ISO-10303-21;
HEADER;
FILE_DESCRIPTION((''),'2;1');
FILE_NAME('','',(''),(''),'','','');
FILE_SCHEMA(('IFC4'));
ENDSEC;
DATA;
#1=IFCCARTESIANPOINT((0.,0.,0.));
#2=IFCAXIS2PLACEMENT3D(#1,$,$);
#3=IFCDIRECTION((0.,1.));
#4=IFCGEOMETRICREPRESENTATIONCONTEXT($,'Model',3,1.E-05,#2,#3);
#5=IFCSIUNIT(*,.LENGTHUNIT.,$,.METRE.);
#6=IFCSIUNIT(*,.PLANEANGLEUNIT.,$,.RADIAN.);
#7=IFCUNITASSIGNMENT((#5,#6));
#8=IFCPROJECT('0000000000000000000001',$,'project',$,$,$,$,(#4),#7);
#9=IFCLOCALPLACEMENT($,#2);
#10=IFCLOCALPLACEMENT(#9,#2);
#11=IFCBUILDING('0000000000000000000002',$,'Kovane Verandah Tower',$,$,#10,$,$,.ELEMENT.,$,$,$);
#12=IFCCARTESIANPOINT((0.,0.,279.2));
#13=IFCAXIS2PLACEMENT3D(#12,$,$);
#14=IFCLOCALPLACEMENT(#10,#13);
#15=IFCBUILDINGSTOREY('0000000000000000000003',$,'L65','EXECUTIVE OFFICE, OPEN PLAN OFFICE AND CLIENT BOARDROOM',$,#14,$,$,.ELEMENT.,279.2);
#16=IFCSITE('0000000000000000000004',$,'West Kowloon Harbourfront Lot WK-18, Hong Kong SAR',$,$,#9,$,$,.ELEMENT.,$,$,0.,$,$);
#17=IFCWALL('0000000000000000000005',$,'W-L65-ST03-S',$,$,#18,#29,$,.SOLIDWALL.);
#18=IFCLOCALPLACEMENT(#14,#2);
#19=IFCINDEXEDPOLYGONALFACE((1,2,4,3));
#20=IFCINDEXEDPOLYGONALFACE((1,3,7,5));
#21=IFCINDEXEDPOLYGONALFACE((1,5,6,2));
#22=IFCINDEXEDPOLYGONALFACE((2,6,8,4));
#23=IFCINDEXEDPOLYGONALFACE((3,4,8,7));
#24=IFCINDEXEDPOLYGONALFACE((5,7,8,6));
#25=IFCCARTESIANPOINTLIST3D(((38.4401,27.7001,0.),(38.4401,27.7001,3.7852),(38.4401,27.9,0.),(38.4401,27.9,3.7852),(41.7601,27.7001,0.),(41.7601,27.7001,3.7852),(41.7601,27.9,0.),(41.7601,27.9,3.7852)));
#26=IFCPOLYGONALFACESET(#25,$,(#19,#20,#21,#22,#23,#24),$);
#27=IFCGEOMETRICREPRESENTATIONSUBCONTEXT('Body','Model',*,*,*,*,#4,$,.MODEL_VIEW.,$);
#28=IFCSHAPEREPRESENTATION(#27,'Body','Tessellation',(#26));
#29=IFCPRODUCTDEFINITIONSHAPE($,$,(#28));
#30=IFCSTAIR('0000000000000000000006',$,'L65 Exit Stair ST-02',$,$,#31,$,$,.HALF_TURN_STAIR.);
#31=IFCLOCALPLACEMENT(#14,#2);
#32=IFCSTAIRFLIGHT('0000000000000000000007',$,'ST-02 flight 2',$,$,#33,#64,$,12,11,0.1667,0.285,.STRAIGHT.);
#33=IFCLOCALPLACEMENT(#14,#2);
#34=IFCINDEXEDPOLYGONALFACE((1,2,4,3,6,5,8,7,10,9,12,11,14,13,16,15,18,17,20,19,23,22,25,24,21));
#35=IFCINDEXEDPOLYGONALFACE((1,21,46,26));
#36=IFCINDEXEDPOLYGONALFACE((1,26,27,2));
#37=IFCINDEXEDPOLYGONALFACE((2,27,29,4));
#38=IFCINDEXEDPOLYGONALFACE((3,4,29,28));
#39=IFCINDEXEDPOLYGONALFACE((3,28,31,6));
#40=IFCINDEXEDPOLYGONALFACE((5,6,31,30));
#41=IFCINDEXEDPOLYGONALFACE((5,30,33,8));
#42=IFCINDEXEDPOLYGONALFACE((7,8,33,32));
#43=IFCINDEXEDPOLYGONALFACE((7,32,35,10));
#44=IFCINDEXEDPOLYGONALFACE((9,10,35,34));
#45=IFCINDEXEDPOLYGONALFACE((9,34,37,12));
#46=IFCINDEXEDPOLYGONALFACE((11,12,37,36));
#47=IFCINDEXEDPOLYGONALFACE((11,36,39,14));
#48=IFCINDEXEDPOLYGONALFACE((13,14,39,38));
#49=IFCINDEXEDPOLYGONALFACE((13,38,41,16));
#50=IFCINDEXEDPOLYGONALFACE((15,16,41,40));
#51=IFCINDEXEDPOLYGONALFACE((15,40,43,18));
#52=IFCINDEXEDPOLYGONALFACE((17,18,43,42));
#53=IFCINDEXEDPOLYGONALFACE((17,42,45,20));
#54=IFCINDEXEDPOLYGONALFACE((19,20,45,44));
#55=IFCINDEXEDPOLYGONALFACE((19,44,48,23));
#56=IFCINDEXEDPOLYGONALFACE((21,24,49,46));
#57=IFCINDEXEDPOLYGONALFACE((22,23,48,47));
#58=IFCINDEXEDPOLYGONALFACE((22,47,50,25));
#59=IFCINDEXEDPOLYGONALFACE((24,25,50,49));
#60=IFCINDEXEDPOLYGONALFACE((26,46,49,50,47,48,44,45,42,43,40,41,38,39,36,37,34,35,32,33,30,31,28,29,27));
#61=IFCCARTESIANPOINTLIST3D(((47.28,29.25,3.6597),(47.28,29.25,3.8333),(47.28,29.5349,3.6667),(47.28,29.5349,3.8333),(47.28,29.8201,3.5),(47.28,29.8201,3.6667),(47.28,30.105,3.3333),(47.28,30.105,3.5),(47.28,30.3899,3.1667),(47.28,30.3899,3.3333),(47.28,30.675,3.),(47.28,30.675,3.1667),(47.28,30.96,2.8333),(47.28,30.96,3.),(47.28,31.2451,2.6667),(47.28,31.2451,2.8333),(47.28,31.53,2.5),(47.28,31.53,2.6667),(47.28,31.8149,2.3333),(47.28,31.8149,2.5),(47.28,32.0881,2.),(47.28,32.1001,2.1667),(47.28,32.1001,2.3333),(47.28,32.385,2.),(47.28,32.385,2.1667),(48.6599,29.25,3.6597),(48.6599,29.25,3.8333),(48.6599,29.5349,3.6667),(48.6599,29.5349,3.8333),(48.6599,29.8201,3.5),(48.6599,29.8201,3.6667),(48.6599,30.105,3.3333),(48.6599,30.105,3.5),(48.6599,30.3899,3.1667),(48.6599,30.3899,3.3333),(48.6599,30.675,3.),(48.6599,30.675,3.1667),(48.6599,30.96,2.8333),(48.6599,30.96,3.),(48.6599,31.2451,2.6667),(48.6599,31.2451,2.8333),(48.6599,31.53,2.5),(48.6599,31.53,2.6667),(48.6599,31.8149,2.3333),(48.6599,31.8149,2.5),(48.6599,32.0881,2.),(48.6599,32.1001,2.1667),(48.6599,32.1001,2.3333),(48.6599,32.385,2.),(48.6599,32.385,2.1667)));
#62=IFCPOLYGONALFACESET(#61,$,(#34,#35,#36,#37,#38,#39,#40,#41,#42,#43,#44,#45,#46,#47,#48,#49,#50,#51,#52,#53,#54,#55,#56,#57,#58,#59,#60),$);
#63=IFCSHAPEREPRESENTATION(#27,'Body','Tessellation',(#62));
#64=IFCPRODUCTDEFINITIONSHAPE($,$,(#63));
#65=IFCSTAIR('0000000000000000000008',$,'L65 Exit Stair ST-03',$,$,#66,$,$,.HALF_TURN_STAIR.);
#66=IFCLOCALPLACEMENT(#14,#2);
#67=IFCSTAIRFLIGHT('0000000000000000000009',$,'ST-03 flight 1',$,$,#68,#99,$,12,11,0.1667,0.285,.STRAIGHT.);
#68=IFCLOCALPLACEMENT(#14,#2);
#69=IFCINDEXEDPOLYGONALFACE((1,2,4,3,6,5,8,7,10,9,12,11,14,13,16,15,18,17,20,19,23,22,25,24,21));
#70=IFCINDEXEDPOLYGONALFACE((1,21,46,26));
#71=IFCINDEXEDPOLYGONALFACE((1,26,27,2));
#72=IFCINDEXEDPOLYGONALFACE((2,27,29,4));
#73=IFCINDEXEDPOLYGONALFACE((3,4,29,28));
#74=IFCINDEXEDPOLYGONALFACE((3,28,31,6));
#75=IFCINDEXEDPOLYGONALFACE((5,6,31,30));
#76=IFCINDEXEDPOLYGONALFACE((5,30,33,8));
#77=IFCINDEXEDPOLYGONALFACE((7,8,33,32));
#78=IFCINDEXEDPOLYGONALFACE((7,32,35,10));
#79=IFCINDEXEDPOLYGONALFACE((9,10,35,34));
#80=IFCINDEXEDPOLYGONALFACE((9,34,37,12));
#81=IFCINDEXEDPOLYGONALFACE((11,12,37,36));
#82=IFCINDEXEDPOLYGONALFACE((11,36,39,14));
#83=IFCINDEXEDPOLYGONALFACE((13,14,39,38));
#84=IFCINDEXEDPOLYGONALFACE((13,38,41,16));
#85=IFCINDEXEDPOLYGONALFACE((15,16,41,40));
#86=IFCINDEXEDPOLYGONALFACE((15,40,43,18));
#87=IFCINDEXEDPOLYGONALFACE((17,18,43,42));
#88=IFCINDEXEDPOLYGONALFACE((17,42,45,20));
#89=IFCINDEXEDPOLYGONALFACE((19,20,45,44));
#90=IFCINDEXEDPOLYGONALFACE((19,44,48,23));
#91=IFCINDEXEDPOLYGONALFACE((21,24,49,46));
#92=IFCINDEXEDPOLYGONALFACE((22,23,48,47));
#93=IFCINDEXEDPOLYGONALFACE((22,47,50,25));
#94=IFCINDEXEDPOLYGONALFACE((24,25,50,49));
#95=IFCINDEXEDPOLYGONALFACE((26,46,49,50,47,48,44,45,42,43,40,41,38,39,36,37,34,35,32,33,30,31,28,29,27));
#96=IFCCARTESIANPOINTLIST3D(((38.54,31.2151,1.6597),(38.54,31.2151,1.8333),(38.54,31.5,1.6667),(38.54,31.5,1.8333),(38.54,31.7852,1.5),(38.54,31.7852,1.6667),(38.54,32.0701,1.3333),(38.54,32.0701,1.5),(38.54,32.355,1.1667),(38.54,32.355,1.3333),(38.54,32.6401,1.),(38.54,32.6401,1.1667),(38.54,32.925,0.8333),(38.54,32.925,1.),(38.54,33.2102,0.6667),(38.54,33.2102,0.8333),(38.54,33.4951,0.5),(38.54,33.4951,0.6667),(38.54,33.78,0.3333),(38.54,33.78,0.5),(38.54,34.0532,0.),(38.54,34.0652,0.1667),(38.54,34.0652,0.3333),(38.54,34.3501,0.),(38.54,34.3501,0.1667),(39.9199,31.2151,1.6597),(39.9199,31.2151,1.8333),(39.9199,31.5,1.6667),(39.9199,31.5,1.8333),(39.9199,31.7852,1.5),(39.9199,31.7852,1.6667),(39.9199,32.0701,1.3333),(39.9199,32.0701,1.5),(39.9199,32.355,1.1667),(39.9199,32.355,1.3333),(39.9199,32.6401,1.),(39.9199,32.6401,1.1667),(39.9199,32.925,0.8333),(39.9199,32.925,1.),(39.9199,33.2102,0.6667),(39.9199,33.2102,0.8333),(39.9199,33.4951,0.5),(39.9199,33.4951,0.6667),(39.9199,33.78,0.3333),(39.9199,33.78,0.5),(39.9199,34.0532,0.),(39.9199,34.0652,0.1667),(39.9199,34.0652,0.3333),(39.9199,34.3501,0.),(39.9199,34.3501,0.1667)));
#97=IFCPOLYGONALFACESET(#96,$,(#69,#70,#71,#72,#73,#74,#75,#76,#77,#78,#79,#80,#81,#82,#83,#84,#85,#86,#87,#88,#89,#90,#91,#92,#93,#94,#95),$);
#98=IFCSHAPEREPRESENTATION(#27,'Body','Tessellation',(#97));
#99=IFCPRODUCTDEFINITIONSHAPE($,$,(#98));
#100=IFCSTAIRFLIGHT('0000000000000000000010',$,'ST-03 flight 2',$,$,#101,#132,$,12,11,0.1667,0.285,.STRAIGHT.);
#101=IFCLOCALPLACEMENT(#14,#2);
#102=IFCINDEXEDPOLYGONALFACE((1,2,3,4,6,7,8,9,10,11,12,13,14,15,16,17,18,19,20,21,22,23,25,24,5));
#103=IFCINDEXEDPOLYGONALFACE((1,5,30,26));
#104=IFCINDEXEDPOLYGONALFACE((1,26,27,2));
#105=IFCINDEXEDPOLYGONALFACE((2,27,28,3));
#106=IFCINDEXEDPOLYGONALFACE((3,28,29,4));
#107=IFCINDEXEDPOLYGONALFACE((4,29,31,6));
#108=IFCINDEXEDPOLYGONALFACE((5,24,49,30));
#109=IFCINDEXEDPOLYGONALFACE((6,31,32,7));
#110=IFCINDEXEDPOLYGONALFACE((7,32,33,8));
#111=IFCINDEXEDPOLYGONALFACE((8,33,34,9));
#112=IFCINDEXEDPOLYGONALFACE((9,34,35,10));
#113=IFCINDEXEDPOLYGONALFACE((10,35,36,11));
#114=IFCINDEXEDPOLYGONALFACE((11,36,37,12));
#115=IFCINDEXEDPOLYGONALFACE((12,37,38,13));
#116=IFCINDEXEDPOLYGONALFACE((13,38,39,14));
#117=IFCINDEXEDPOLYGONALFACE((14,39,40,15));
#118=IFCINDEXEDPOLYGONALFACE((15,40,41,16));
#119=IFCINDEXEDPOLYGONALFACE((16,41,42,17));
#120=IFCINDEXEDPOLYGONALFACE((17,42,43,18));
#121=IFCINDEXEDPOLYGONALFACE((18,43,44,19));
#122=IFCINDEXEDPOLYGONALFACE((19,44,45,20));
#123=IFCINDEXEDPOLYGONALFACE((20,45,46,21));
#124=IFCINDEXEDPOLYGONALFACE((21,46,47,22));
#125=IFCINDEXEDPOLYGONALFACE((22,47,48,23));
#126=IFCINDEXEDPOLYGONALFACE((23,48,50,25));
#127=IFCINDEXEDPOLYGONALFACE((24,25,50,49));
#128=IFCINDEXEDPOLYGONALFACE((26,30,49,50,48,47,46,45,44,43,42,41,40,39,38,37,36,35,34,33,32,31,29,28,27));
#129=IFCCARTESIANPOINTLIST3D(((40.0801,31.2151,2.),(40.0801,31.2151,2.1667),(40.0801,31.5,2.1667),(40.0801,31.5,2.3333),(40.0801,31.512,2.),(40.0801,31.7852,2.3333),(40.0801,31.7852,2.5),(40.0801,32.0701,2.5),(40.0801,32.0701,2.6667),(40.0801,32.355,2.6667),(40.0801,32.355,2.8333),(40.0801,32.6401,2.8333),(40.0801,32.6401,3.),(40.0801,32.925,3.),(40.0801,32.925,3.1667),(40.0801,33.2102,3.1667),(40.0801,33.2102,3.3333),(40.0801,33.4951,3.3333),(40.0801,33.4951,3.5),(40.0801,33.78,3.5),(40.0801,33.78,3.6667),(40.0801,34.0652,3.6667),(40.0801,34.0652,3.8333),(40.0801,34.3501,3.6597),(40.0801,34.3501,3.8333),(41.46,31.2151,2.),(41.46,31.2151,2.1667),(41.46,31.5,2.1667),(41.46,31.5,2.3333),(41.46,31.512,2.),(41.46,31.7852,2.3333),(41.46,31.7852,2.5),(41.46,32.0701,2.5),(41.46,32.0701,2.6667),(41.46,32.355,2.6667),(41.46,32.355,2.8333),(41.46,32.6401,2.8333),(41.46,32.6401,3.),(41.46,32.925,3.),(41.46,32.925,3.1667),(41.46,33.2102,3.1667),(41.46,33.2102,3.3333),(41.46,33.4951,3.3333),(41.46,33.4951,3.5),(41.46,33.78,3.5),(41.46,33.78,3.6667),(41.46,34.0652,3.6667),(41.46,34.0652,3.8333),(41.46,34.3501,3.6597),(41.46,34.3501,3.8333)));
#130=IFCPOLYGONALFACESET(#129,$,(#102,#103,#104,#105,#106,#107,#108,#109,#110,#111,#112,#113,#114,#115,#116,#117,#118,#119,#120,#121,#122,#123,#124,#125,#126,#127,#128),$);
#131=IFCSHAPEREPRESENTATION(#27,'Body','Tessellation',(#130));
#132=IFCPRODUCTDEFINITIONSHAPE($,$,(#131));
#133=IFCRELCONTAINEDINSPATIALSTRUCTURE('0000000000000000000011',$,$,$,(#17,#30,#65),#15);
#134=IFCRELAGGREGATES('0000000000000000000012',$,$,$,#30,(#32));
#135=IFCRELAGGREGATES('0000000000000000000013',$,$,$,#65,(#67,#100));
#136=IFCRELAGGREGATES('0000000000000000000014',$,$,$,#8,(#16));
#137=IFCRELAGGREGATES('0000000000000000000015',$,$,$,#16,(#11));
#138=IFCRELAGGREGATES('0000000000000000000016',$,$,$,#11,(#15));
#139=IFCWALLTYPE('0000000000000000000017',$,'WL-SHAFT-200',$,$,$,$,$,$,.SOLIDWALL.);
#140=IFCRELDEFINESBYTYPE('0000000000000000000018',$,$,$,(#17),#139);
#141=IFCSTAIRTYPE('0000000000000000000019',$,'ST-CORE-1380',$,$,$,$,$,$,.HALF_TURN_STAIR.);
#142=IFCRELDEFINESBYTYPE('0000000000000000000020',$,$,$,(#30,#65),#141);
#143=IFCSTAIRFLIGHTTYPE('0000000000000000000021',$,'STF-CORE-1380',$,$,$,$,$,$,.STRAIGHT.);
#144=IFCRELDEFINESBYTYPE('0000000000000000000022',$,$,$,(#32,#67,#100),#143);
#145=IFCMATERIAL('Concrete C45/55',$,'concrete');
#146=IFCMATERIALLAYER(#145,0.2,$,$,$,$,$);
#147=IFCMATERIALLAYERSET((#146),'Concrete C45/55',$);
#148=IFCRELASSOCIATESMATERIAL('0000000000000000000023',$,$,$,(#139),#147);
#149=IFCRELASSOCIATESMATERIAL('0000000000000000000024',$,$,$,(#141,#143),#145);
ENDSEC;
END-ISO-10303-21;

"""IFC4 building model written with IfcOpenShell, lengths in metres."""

from ifc_helpers import new_model, si_unit, direction, frame, frame_2d, origin, place, context, subcontext, project, spatial, polyline, rectangle, outline, extrude, material, layer, layer_set, type_object, element, aggregate, save


model = new_model("IFC4")

# Units and contexts
model_context = context("Model", 3, precision=1e-05, world=origin(), true_north=direction((0.0, 1.0)))
body_context = subcontext(model_context, "Body", "Model", "MODEL_VIEW")
ifc_project = project(units=[si_unit("LENGTHUNIT", "METRE"), si_unit("PLANEANGLEUNIT", "RADIAN")], contexts=[model_context])

# Site, building, storey
site_placement = place(None, origin())
site = spatial("IfcSite", under=ifc_project, at=site_placement, Name="West Kowloon Harbourfront Lot WK-18, Hong Kong SAR", CompositionType="ELEMENT", RefElevation=0.0)
building_placement = place(site_placement, origin())
building = spatial("IfcBuilding", under=site, at=building_placement, Name="Kovane Verandah Tower", CompositionType="ELEMENT")
storey_placement = place(building_placement, frame((0.0, 0.0, 279.2)))
storey = spatial("IfcBuildingStorey", under=building, at=storey_placement, Name="L65", Description="EXECUTIVE OFFICE, OPEN PLAN OFFICE AND CLIENT BOARDROOM", CompositionType="ELEMENT", Elevation=279.2)

# Wall
ifc_material_1 = material(Name="Concrete C45/55", Category="concrete")
ifc_layer_1 = layer(ifc_material_1, 0.2)
ifc_layer_set_1 = layer_set([ifc_layer_1], Name="Concrete C45/55")
wall_type_1 = type_object("IfcWallType", Name="WL-SHAFT-200", PredefinedType="SOLIDWALL", material=ifc_layer_set_1)
wall_1_placement = place(storey_placement, frame((38.4399, 27.8, 0.0), z_axis=(0.0, 0.0, 1.0), x_axis=(1.0, 0.0, 0.0)))
element("IfcWall", 1, at=wall_1_placement, inside=storey, type_object=wall_type_1, Name="W-L65-ST03-S", PredefinedType="SOLIDWALL", context=body_context, shape_type="SweptSolid", body=[
    extrude(rectangle(XDim=3.3201, YDim=0.2, at=frame_2d((1.6602, 0.0))), origin(), (0.0, 0.0, 1.0), 3.7852),
])

# Stair, stair flight
stair_type = type_object("IfcStairType", Name="ST-CORE-1380", PredefinedType="HALF_TURN_STAIR", material=ifc_material_1)
stair_1_placement = place(storey_placement, origin())
stair_1 = element("IfcStair", 2, at=stair_1_placement, inside=storey, type_object=stair_type, Name="L65 Exit Stair ST-02", PredefinedType="HALF_TURN_STAIR")
stair_flight_type = type_object("IfcStairFlightType", Name="STF-CORE-1380", PredefinedType="STRAIGHT", material=ifc_material_1)
stair_flight_1_placement = place(storey_placement, frame((47.97, 32.385, 2.0), z_axis=(0.0, 0.0, 1.0), x_axis=(0.0, -1.0, 0.0)))
stair_flight_1 = element("IfcStairFlight", 3, at=stair_flight_1_placement, type_object=stair_flight_type, Name="ST-02 flight 2", NumberOfRisers=12, NumberOfTreads=11, PredefinedType="STRAIGHT", RiserHeight=0.1667, TreadLength=0.285, context=body_context, shape_type="SweptSolid", body=[
    extrude(outline(polyline([(0.0, 0.0), (0.0, 0.1667), (0.2849, 0.1667), (0.2849, 0.3333), (0.5701, 0.3333), (0.5701, 0.5), (0.855, 0.5), (0.855, 0.6667), (1.1399, 0.6667), (1.1399, 0.8333), (1.425, 0.8333), (1.425, 1.0), (1.71, 1.0), (1.71, 1.1667), (1.9951, 1.1667), (1.9951, 1.3333), (2.28, 1.3333), (2.28, 1.5), (2.5649, 1.5), (2.5649, 1.6667), (2.8501, 1.6667), (2.8501, 1.8333), (3.135, 1.8333), (3.135, 2.0), (3.135, 1.6597), (0.2969, 0.0), (0.0, 0.0)])), frame((0.0, 0.6899, 0.0), z_axis=(0.0, -1.0, 0.0), x_axis=(1.0, 0.0, 0.0)), (0.0, 0.0, 1.0), 1.3799),
])
aggregate(stair_1, [stair_flight_1])

# Stair, stair flights
stair_2_placement = place(storey_placement, origin())
stair_2 = element("IfcStair", 4, at=stair_2_placement, inside=storey, type_object=stair_type, Name="L65 Exit Stair ST-03", PredefinedType="HALF_TURN_STAIR")
stair_flight_2_placement = place(storey_placement, frame((39.23, 34.3501, 0.0), z_axis=(0.0, 0.0, 1.0), x_axis=(0.0, -1.0, 0.0)))
stair_flight_2 = element("IfcStairFlight", 5, at=stair_flight_2_placement, type_object=stair_flight_type, Name="ST-03 flight 1", NumberOfRisers=12, NumberOfTreads=11, PredefinedType="STRAIGHT", RiserHeight=0.1667, TreadLength=0.285, context=body_context, shape_type="SweptSolid", body=[
    extrude(outline(polyline([(0.0, 0.0), (0.0, 0.1667), (0.2849, 0.1667), (0.2849, 0.3333), (0.5701, 0.3333), (0.5701, 0.5), (0.855, 0.5), (0.855, 0.6667), (1.1399, 0.6667), (1.1399, 0.8333), (1.425, 0.8333), (1.425, 1.0), (1.71, 1.0), (1.71, 1.1667), (1.9951, 1.1667), (1.9951, 1.3333), (2.28, 1.3333), (2.28, 1.5), (2.5649, 1.5), (2.5649, 1.6667), (2.8501, 1.6667), (2.8501, 1.8333), (3.135, 1.8333), (3.135, 2.0), (3.135, 1.6597), (0.2969, 0.0), (0.0, 0.0)])), frame((0.0, 0.6899, 0.0), z_axis=(0.0, -1.0, 0.0), x_axis=(1.0, 0.0, 0.0)), (0.0, 0.0, 1.0), 1.3799),
])
stair_flight_3_placement = place(storey_placement, frame((40.77, 31.2151, 2.0), z_axis=(0.0, 0.0, 1.0), x_axis=(0.0, 1.0, 0.0)))
stair_flight_3 = element("IfcStairFlight", 6, at=stair_flight_3_placement, type_object=stair_flight_type, Name="ST-03 flight 2", NumberOfRisers=12, NumberOfTreads=11, PredefinedType="STRAIGHT", RiserHeight=0.1667, TreadLength=0.285, context=body_context, shape_type="SweptSolid", body=[
    extrude(outline(polyline([(0.0, 0.0), (0.0, 0.1667), (0.2849, 0.1667), (0.2849, 0.3333), (0.5701, 0.3333), (0.5701, 0.5), (0.855, 0.5), (0.855, 0.6667), (1.1399, 0.6667), (1.1399, 0.8333), (1.425, 0.8333), (1.425, 1.0), (1.71, 1.0), (1.71, 1.1667), (1.9951, 1.1667), (1.9951, 1.3333), (2.28, 1.3333), (2.28, 1.5), (2.5649, 1.5), (2.5649, 1.6667), (2.8501, 1.6667), (2.8501, 1.8333), (3.135, 1.8333), (3.135, 2.0), (3.135, 1.6597), (0.2969, 0.0), (0.0, 0.0)])), frame((0.0, 0.6899, 0.0), z_axis=(0.0, -1.0, 0.0), x_axis=(1.0, 0.0, 0.0)), (0.0, 0.0, 1.0), 1.3799),
])
aggregate(stair_2, [stair_flight_2, stair_flight_3])

save(model, "model.ifc")
